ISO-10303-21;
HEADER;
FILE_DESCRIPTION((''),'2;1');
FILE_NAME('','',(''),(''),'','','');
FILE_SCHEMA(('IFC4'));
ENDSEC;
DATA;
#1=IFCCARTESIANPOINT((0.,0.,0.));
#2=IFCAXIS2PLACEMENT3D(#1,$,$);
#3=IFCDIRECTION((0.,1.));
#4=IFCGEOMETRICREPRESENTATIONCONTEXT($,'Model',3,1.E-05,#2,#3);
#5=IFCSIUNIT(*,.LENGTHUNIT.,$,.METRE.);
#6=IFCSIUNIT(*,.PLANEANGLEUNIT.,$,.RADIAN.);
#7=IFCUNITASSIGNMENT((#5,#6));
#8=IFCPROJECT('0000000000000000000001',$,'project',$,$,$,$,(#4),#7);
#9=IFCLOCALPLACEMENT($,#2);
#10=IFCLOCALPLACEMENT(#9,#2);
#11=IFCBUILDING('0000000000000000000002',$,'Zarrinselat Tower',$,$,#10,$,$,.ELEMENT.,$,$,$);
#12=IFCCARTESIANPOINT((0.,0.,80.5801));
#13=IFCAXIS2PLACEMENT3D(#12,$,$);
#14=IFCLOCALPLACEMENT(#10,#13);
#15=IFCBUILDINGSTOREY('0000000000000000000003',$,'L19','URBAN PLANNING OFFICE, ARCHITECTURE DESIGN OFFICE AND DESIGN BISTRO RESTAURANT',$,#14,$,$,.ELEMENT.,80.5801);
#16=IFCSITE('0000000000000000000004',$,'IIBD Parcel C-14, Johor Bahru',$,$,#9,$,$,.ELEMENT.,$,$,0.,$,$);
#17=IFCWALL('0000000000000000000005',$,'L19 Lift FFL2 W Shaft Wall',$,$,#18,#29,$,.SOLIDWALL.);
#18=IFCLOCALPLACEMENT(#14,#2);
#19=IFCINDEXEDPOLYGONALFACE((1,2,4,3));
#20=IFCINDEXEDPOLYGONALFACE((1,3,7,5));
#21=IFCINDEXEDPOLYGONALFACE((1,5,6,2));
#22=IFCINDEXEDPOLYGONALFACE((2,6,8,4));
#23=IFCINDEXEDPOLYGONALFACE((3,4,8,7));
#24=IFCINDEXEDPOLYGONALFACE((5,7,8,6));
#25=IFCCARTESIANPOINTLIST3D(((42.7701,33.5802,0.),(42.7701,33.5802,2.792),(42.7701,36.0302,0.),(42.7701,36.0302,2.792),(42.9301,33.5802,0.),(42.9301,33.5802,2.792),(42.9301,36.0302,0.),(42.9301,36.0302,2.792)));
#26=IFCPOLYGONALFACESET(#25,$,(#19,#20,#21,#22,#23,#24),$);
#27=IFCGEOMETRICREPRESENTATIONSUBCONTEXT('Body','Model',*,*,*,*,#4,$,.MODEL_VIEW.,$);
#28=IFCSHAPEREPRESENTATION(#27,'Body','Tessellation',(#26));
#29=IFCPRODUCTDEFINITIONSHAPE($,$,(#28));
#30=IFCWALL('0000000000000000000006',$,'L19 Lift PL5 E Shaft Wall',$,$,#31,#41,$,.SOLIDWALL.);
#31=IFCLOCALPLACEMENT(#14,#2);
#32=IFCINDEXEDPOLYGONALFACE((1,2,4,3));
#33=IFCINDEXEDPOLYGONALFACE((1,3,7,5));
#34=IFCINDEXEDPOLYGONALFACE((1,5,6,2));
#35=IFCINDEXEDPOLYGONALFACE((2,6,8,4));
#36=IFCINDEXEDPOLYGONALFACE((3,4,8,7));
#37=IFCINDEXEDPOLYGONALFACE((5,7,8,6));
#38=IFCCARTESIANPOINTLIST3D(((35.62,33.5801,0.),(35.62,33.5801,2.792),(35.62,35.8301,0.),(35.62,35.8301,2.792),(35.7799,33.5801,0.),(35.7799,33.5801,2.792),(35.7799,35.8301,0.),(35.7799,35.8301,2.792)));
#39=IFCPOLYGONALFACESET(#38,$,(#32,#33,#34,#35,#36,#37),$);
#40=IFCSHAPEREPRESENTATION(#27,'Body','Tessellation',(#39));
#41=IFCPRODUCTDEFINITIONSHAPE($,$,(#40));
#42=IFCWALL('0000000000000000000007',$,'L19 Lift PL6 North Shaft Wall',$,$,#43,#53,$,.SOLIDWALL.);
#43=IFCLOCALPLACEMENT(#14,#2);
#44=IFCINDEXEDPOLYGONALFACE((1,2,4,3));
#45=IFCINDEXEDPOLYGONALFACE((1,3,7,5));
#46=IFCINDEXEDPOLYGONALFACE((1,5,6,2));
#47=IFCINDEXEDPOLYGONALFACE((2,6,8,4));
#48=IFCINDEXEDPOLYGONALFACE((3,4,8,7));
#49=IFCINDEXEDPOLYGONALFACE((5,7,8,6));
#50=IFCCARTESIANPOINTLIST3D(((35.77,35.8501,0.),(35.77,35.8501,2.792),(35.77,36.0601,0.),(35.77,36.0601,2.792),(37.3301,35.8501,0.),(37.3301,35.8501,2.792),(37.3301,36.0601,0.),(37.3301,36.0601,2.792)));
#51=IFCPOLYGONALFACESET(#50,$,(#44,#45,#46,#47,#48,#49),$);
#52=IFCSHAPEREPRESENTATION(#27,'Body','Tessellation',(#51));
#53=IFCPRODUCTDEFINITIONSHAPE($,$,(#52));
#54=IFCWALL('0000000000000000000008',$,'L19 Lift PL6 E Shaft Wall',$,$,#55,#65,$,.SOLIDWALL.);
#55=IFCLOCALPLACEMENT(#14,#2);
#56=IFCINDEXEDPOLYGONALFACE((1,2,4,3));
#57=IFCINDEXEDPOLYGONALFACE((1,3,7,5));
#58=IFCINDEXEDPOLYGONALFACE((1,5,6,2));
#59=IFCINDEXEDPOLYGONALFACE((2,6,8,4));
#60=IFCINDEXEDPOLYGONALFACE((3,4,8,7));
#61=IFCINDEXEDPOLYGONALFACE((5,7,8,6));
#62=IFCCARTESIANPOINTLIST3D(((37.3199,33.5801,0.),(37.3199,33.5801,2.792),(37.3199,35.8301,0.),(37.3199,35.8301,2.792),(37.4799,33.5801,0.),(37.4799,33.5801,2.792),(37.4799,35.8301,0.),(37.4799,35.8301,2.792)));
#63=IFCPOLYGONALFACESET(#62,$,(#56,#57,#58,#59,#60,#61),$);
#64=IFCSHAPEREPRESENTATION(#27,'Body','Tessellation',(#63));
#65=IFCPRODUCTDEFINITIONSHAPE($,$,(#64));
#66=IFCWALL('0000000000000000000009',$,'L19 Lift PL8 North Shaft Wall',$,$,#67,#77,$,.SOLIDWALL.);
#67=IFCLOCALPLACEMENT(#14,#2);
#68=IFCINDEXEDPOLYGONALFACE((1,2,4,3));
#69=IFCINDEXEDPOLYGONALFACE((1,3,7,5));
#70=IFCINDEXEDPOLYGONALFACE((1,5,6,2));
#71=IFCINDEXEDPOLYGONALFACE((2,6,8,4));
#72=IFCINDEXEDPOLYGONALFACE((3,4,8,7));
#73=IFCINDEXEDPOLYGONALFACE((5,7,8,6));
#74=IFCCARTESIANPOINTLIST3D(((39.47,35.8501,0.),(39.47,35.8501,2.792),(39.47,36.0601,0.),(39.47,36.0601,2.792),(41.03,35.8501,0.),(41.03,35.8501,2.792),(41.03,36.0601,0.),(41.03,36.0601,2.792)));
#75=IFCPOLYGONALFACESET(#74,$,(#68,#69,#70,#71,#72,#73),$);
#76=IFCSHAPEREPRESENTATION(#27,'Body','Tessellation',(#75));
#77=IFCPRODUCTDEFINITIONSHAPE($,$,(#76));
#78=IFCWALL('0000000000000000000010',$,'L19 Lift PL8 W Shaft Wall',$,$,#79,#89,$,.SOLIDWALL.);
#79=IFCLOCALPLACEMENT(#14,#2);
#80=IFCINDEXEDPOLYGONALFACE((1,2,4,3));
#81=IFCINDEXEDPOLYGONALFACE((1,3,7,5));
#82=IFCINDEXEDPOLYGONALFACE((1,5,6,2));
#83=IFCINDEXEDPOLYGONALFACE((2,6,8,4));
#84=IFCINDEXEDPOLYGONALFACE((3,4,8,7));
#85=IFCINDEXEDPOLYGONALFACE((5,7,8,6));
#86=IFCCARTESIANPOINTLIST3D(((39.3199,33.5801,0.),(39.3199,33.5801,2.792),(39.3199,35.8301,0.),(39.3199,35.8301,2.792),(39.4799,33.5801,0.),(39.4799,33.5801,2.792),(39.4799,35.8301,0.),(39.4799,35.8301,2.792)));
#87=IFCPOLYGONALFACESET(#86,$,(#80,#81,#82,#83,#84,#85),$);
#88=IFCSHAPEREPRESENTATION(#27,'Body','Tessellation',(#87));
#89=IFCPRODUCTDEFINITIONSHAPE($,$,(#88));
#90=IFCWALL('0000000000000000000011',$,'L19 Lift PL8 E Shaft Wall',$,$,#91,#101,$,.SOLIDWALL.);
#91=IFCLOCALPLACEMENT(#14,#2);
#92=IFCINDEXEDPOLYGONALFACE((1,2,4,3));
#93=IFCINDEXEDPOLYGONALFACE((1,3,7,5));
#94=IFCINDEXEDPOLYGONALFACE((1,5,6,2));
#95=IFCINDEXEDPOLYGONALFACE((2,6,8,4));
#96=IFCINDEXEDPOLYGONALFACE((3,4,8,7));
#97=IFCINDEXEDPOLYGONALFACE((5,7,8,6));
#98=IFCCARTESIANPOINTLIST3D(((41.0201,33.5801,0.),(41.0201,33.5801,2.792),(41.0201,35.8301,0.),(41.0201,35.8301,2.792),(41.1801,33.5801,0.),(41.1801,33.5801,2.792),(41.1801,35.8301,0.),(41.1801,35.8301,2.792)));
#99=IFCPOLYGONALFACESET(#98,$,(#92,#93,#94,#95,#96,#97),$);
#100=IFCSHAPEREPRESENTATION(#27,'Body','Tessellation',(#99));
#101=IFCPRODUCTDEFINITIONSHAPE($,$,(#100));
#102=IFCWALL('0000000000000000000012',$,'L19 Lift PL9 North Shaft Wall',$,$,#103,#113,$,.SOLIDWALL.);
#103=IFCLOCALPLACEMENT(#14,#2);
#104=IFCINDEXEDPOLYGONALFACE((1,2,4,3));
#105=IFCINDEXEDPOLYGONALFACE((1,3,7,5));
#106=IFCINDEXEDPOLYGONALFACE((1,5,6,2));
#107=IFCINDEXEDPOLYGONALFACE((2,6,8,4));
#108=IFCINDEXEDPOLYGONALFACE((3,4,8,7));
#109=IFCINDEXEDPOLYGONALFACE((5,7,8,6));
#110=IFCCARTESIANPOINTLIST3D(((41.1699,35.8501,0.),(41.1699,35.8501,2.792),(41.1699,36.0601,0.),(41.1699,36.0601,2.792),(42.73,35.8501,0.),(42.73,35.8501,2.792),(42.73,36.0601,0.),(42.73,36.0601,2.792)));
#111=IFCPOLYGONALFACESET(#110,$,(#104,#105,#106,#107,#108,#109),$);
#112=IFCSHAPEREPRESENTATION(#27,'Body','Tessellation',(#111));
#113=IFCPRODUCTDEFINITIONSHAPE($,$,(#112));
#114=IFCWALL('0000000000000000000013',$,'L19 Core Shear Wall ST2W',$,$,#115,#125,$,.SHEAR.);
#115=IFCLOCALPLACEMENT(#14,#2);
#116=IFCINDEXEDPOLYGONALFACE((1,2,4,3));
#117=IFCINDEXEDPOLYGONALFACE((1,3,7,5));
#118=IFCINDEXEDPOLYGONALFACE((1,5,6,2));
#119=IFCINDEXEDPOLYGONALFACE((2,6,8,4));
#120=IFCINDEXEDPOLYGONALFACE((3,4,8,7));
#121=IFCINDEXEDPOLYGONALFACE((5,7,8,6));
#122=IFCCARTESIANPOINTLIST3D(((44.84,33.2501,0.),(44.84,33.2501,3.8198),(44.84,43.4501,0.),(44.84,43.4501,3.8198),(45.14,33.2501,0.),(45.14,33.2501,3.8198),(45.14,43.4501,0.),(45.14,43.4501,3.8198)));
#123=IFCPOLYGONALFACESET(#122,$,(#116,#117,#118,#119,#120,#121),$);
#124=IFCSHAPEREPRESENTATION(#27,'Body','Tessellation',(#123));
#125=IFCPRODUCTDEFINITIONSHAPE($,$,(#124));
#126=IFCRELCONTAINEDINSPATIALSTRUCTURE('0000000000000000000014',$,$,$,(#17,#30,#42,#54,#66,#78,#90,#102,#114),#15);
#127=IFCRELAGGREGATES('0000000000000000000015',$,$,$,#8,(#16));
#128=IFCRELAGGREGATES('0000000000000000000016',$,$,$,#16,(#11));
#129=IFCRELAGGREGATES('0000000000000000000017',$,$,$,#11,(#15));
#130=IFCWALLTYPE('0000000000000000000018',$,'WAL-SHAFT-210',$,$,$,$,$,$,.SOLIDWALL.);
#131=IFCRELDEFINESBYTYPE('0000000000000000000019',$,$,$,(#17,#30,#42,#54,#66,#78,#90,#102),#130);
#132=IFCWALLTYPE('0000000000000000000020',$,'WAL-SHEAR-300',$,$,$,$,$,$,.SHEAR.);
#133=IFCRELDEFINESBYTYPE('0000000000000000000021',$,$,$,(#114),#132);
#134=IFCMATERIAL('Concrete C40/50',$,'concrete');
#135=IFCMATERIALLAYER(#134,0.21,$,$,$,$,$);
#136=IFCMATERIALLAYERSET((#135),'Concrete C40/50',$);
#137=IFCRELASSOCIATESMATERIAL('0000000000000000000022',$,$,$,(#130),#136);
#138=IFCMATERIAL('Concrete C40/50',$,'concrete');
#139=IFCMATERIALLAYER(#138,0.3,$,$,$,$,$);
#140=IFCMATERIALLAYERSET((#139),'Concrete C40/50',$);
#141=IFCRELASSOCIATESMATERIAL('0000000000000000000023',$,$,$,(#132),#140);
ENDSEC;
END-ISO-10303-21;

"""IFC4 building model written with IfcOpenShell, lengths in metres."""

from ifc_helpers import new_model, si_unit, direction, frame, frame_2d, origin, place, context, subcontext, project, spatial, rectangle, extrude, material, layer, layer_set, type_object, element, save


model = new_model("IFC4")

# Units and contexts
model_context = context("Model", 3, precision=1e-05, world=origin(), true_north=direction((0.0, 1.0)))
body_context = subcontext(model_context, "Body", "Model", "MODEL_VIEW")
ifc_project = project(units=[si_unit("LENGTHUNIT", "METRE"), si_unit("PLANEANGLEUNIT", "RADIAN")], contexts=[model_context])

# Site, building, storey
site_placement = place(None, origin())
site = spatial("IfcSite", under=ifc_project, at=site_placement, Name="IIBD Parcel C-14, Johor Bahru", CompositionType="ELEMENT", RefElevation=0.0)
building_placement = place(site_placement, origin())
building = spatial("IfcBuilding", under=site, at=building_placement, Name="Zarrinselat Tower", CompositionType="ELEMENT")
storey_placement = place(building_placement, frame((0.0, 0.0, 80.5801)))
storey = spatial("IfcBuildingStorey", under=building, at=storey_placement, Name="L19", Description="URBAN PLANNING OFFICE, ARCHITECTURE DESIGN OFFICE AND DESIGN BISTRO RESTAURANT", CompositionType="ELEMENT", Elevation=80.5801)

# Walls
ifc_material_1 = material(Name="Concrete C40/50", Category="concrete")
ifc_layer_1 = layer(ifc_material_1, 0.21)
ifc_layer_set_1 = layer_set([ifc_layer_1], Name="Concrete C40/50")
wall_type_1 = type_object("IfcWallType", Name="WAL-SHAFT-210", PredefinedType="SOLIDWALL", material=ifc_layer_set_1)
wall_1_placement = place(storey_placement, frame((42.8501, 33.5801, 0.0), z_axis=(0.0, 0.0, 1.0), x_axis=(0.0, 1.0, 0.0)))
element("IfcWall", 1, at=wall_1_placement, inside=storey, type_object=wall_type_1, Name="L19 Lift FFL2 W Shaft Wall", PredefinedType="SOLIDWALL", context=body_context, shape_type="SweptSolid", body=[
    extrude(rectangle(XDim=2.45, YDim=0.1599, at=frame_2d((1.2251, 0.0))), origin(), (0.0, 0.0, 1.0), 2.792),
])
wall_2_placement = place(storey_placement, frame((35.7, 33.5801, 0.0), z_axis=(0.0, 0.0, 1.0), x_axis=(0.0, 1.0, 0.0)))
element("IfcWall", 2, at=wall_2_placement, inside=storey, type_object=wall_type_1, Name="L19 Lift PL5 E Shaft Wall", PredefinedType="SOLIDWALL", context=body_context, shape_type="SweptSolid", body=[
    extrude(rectangle(XDim=2.25, YDim=0.1599, at=frame_2d((1.125, 0.0))), origin(), (0.0, 0.0, 1.0), 2.792),
])
wall_3_placement = place(storey_placement, frame((35.77, 35.9551, 0.0), z_axis=(0.0, 0.0, 1.0), x_axis=(1.0, 0.0, 0.0)))
element("IfcWall", 3, at=wall_3_placement, inside=storey, type_object=wall_type_1, Name="L19 Lift PL6 North Shaft Wall", PredefinedType="SOLIDWALL", context=body_context, shape_type="SweptSolid", body=[
    extrude(rectangle(XDim=1.5601, YDim=0.21, at=frame_2d((0.78, 0.0))), origin(), (0.0, 0.0, 1.0), 2.792),
])
wall_4_placement = place(storey_placement, frame((37.3999, 33.5801, 0.0), z_axis=(0.0, 0.0, 1.0), x_axis=(0.0, 1.0, 0.0)))
element("IfcWall", 4, at=wall_4_placement, inside=storey, type_object=wall_type_1, Name="L19 Lift PL6 E Shaft Wall", PredefinedType="SOLIDWALL", context=body_context, shape_type="SweptSolid", body=[
    extrude(rectangle(XDim=2.25, YDim=0.1599, at=frame_2d((1.125, 0.0))), origin(), (0.0, 0.0, 1.0), 2.792),
])
wall_5_placement = place(storey_placement, frame((39.47, 35.9551, 0.0), z_axis=(0.0, 0.0, 1.0), x_axis=(1.0, 0.0, 0.0)))
element("IfcWall", 5, at=wall_5_placement, inside=storey, type_object=wall_type_1, Name="L19 Lift PL8 North Shaft Wall", PredefinedType="SOLIDWALL", context=body_context, shape_type="SweptSolid", body=[
    extrude(rectangle(XDim=1.5601, YDim=0.21, at=frame_2d((0.78, 0.0))), origin(), (0.0, 0.0, 1.0), 2.792),
])
for number, where, z_axis, x_axis, name in (
    (6, (39.3999, 33.5801, 0.0), (0.0, 0.0, 1.0), (0.0, 1.0, 0.0), "L19 Lift PL8 W Shaft Wall"),
    (7, (41.1001, 33.5801, 0.0), (0.0, 0.0, 1.0), (0.0, 1.0, 0.0), "L19 Lift PL8 E Shaft Wall"),
):
    element("IfcWall", number, at=place(storey_placement, frame(where, z_axis=z_axis, x_axis=x_axis)), inside=storey, type_object=wall_type_1, Name=name, PredefinedType="SOLIDWALL", context=body_context, shape_type="SweptSolid", body=[
        extrude(rectangle(XDim=2.25, YDim=0.1599, at=frame_2d((1.125, 0.0))), origin(), (0.0, 0.0, 1.0), 2.792),
    ])
wall_6_placement = place(storey_placement, frame((41.1699, 35.9551, 0.0), z_axis=(0.0, 0.0, 1.0), x_axis=(1.0, 0.0, 0.0)))
element("IfcWall", 8, at=wall_6_placement, inside=storey, type_object=wall_type_1, Name="L19 Lift PL9 North Shaft Wall", PredefinedType="SOLIDWALL", context=body_context, shape_type="SweptSolid", body=[
    extrude(rectangle(XDim=1.5601, YDim=0.21, at=frame_2d((0.78, 0.0))), origin(), (0.0, 0.0, 1.0), 2.792),
])
ifc_material_2 = material(Name="Concrete C40/50", Category="concrete")
ifc_layer_2 = layer(ifc_material_2, 0.3)
ifc_layer_set_2 = layer_set([ifc_layer_2], Name="Concrete C40/50")
wall_type_2 = type_object("IfcWallType", Name="WAL-SHEAR-300", PredefinedType="SHEAR", material=ifc_layer_set_2)
wall_7_placement = place(storey_placement, frame((44.99, 33.25, 0.0), z_axis=(0.0, 0.0, 1.0), x_axis=(0.0, 1.0, 0.0)))
element("IfcWall", 9, at=wall_7_placement, inside=storey, type_object=wall_type_2, Name="L19 Core Shear Wall ST2W", PredefinedType="SHEAR", context=body_context, shape_type="SweptSolid", body=[
    extrude(rectangle(XDim=10.2, YDim=0.3, at=frame_2d((5.1001, 0.0))), origin(), (0.0, 0.0, 1.0), 3.8198),
])

save(model, "model.ifc")
